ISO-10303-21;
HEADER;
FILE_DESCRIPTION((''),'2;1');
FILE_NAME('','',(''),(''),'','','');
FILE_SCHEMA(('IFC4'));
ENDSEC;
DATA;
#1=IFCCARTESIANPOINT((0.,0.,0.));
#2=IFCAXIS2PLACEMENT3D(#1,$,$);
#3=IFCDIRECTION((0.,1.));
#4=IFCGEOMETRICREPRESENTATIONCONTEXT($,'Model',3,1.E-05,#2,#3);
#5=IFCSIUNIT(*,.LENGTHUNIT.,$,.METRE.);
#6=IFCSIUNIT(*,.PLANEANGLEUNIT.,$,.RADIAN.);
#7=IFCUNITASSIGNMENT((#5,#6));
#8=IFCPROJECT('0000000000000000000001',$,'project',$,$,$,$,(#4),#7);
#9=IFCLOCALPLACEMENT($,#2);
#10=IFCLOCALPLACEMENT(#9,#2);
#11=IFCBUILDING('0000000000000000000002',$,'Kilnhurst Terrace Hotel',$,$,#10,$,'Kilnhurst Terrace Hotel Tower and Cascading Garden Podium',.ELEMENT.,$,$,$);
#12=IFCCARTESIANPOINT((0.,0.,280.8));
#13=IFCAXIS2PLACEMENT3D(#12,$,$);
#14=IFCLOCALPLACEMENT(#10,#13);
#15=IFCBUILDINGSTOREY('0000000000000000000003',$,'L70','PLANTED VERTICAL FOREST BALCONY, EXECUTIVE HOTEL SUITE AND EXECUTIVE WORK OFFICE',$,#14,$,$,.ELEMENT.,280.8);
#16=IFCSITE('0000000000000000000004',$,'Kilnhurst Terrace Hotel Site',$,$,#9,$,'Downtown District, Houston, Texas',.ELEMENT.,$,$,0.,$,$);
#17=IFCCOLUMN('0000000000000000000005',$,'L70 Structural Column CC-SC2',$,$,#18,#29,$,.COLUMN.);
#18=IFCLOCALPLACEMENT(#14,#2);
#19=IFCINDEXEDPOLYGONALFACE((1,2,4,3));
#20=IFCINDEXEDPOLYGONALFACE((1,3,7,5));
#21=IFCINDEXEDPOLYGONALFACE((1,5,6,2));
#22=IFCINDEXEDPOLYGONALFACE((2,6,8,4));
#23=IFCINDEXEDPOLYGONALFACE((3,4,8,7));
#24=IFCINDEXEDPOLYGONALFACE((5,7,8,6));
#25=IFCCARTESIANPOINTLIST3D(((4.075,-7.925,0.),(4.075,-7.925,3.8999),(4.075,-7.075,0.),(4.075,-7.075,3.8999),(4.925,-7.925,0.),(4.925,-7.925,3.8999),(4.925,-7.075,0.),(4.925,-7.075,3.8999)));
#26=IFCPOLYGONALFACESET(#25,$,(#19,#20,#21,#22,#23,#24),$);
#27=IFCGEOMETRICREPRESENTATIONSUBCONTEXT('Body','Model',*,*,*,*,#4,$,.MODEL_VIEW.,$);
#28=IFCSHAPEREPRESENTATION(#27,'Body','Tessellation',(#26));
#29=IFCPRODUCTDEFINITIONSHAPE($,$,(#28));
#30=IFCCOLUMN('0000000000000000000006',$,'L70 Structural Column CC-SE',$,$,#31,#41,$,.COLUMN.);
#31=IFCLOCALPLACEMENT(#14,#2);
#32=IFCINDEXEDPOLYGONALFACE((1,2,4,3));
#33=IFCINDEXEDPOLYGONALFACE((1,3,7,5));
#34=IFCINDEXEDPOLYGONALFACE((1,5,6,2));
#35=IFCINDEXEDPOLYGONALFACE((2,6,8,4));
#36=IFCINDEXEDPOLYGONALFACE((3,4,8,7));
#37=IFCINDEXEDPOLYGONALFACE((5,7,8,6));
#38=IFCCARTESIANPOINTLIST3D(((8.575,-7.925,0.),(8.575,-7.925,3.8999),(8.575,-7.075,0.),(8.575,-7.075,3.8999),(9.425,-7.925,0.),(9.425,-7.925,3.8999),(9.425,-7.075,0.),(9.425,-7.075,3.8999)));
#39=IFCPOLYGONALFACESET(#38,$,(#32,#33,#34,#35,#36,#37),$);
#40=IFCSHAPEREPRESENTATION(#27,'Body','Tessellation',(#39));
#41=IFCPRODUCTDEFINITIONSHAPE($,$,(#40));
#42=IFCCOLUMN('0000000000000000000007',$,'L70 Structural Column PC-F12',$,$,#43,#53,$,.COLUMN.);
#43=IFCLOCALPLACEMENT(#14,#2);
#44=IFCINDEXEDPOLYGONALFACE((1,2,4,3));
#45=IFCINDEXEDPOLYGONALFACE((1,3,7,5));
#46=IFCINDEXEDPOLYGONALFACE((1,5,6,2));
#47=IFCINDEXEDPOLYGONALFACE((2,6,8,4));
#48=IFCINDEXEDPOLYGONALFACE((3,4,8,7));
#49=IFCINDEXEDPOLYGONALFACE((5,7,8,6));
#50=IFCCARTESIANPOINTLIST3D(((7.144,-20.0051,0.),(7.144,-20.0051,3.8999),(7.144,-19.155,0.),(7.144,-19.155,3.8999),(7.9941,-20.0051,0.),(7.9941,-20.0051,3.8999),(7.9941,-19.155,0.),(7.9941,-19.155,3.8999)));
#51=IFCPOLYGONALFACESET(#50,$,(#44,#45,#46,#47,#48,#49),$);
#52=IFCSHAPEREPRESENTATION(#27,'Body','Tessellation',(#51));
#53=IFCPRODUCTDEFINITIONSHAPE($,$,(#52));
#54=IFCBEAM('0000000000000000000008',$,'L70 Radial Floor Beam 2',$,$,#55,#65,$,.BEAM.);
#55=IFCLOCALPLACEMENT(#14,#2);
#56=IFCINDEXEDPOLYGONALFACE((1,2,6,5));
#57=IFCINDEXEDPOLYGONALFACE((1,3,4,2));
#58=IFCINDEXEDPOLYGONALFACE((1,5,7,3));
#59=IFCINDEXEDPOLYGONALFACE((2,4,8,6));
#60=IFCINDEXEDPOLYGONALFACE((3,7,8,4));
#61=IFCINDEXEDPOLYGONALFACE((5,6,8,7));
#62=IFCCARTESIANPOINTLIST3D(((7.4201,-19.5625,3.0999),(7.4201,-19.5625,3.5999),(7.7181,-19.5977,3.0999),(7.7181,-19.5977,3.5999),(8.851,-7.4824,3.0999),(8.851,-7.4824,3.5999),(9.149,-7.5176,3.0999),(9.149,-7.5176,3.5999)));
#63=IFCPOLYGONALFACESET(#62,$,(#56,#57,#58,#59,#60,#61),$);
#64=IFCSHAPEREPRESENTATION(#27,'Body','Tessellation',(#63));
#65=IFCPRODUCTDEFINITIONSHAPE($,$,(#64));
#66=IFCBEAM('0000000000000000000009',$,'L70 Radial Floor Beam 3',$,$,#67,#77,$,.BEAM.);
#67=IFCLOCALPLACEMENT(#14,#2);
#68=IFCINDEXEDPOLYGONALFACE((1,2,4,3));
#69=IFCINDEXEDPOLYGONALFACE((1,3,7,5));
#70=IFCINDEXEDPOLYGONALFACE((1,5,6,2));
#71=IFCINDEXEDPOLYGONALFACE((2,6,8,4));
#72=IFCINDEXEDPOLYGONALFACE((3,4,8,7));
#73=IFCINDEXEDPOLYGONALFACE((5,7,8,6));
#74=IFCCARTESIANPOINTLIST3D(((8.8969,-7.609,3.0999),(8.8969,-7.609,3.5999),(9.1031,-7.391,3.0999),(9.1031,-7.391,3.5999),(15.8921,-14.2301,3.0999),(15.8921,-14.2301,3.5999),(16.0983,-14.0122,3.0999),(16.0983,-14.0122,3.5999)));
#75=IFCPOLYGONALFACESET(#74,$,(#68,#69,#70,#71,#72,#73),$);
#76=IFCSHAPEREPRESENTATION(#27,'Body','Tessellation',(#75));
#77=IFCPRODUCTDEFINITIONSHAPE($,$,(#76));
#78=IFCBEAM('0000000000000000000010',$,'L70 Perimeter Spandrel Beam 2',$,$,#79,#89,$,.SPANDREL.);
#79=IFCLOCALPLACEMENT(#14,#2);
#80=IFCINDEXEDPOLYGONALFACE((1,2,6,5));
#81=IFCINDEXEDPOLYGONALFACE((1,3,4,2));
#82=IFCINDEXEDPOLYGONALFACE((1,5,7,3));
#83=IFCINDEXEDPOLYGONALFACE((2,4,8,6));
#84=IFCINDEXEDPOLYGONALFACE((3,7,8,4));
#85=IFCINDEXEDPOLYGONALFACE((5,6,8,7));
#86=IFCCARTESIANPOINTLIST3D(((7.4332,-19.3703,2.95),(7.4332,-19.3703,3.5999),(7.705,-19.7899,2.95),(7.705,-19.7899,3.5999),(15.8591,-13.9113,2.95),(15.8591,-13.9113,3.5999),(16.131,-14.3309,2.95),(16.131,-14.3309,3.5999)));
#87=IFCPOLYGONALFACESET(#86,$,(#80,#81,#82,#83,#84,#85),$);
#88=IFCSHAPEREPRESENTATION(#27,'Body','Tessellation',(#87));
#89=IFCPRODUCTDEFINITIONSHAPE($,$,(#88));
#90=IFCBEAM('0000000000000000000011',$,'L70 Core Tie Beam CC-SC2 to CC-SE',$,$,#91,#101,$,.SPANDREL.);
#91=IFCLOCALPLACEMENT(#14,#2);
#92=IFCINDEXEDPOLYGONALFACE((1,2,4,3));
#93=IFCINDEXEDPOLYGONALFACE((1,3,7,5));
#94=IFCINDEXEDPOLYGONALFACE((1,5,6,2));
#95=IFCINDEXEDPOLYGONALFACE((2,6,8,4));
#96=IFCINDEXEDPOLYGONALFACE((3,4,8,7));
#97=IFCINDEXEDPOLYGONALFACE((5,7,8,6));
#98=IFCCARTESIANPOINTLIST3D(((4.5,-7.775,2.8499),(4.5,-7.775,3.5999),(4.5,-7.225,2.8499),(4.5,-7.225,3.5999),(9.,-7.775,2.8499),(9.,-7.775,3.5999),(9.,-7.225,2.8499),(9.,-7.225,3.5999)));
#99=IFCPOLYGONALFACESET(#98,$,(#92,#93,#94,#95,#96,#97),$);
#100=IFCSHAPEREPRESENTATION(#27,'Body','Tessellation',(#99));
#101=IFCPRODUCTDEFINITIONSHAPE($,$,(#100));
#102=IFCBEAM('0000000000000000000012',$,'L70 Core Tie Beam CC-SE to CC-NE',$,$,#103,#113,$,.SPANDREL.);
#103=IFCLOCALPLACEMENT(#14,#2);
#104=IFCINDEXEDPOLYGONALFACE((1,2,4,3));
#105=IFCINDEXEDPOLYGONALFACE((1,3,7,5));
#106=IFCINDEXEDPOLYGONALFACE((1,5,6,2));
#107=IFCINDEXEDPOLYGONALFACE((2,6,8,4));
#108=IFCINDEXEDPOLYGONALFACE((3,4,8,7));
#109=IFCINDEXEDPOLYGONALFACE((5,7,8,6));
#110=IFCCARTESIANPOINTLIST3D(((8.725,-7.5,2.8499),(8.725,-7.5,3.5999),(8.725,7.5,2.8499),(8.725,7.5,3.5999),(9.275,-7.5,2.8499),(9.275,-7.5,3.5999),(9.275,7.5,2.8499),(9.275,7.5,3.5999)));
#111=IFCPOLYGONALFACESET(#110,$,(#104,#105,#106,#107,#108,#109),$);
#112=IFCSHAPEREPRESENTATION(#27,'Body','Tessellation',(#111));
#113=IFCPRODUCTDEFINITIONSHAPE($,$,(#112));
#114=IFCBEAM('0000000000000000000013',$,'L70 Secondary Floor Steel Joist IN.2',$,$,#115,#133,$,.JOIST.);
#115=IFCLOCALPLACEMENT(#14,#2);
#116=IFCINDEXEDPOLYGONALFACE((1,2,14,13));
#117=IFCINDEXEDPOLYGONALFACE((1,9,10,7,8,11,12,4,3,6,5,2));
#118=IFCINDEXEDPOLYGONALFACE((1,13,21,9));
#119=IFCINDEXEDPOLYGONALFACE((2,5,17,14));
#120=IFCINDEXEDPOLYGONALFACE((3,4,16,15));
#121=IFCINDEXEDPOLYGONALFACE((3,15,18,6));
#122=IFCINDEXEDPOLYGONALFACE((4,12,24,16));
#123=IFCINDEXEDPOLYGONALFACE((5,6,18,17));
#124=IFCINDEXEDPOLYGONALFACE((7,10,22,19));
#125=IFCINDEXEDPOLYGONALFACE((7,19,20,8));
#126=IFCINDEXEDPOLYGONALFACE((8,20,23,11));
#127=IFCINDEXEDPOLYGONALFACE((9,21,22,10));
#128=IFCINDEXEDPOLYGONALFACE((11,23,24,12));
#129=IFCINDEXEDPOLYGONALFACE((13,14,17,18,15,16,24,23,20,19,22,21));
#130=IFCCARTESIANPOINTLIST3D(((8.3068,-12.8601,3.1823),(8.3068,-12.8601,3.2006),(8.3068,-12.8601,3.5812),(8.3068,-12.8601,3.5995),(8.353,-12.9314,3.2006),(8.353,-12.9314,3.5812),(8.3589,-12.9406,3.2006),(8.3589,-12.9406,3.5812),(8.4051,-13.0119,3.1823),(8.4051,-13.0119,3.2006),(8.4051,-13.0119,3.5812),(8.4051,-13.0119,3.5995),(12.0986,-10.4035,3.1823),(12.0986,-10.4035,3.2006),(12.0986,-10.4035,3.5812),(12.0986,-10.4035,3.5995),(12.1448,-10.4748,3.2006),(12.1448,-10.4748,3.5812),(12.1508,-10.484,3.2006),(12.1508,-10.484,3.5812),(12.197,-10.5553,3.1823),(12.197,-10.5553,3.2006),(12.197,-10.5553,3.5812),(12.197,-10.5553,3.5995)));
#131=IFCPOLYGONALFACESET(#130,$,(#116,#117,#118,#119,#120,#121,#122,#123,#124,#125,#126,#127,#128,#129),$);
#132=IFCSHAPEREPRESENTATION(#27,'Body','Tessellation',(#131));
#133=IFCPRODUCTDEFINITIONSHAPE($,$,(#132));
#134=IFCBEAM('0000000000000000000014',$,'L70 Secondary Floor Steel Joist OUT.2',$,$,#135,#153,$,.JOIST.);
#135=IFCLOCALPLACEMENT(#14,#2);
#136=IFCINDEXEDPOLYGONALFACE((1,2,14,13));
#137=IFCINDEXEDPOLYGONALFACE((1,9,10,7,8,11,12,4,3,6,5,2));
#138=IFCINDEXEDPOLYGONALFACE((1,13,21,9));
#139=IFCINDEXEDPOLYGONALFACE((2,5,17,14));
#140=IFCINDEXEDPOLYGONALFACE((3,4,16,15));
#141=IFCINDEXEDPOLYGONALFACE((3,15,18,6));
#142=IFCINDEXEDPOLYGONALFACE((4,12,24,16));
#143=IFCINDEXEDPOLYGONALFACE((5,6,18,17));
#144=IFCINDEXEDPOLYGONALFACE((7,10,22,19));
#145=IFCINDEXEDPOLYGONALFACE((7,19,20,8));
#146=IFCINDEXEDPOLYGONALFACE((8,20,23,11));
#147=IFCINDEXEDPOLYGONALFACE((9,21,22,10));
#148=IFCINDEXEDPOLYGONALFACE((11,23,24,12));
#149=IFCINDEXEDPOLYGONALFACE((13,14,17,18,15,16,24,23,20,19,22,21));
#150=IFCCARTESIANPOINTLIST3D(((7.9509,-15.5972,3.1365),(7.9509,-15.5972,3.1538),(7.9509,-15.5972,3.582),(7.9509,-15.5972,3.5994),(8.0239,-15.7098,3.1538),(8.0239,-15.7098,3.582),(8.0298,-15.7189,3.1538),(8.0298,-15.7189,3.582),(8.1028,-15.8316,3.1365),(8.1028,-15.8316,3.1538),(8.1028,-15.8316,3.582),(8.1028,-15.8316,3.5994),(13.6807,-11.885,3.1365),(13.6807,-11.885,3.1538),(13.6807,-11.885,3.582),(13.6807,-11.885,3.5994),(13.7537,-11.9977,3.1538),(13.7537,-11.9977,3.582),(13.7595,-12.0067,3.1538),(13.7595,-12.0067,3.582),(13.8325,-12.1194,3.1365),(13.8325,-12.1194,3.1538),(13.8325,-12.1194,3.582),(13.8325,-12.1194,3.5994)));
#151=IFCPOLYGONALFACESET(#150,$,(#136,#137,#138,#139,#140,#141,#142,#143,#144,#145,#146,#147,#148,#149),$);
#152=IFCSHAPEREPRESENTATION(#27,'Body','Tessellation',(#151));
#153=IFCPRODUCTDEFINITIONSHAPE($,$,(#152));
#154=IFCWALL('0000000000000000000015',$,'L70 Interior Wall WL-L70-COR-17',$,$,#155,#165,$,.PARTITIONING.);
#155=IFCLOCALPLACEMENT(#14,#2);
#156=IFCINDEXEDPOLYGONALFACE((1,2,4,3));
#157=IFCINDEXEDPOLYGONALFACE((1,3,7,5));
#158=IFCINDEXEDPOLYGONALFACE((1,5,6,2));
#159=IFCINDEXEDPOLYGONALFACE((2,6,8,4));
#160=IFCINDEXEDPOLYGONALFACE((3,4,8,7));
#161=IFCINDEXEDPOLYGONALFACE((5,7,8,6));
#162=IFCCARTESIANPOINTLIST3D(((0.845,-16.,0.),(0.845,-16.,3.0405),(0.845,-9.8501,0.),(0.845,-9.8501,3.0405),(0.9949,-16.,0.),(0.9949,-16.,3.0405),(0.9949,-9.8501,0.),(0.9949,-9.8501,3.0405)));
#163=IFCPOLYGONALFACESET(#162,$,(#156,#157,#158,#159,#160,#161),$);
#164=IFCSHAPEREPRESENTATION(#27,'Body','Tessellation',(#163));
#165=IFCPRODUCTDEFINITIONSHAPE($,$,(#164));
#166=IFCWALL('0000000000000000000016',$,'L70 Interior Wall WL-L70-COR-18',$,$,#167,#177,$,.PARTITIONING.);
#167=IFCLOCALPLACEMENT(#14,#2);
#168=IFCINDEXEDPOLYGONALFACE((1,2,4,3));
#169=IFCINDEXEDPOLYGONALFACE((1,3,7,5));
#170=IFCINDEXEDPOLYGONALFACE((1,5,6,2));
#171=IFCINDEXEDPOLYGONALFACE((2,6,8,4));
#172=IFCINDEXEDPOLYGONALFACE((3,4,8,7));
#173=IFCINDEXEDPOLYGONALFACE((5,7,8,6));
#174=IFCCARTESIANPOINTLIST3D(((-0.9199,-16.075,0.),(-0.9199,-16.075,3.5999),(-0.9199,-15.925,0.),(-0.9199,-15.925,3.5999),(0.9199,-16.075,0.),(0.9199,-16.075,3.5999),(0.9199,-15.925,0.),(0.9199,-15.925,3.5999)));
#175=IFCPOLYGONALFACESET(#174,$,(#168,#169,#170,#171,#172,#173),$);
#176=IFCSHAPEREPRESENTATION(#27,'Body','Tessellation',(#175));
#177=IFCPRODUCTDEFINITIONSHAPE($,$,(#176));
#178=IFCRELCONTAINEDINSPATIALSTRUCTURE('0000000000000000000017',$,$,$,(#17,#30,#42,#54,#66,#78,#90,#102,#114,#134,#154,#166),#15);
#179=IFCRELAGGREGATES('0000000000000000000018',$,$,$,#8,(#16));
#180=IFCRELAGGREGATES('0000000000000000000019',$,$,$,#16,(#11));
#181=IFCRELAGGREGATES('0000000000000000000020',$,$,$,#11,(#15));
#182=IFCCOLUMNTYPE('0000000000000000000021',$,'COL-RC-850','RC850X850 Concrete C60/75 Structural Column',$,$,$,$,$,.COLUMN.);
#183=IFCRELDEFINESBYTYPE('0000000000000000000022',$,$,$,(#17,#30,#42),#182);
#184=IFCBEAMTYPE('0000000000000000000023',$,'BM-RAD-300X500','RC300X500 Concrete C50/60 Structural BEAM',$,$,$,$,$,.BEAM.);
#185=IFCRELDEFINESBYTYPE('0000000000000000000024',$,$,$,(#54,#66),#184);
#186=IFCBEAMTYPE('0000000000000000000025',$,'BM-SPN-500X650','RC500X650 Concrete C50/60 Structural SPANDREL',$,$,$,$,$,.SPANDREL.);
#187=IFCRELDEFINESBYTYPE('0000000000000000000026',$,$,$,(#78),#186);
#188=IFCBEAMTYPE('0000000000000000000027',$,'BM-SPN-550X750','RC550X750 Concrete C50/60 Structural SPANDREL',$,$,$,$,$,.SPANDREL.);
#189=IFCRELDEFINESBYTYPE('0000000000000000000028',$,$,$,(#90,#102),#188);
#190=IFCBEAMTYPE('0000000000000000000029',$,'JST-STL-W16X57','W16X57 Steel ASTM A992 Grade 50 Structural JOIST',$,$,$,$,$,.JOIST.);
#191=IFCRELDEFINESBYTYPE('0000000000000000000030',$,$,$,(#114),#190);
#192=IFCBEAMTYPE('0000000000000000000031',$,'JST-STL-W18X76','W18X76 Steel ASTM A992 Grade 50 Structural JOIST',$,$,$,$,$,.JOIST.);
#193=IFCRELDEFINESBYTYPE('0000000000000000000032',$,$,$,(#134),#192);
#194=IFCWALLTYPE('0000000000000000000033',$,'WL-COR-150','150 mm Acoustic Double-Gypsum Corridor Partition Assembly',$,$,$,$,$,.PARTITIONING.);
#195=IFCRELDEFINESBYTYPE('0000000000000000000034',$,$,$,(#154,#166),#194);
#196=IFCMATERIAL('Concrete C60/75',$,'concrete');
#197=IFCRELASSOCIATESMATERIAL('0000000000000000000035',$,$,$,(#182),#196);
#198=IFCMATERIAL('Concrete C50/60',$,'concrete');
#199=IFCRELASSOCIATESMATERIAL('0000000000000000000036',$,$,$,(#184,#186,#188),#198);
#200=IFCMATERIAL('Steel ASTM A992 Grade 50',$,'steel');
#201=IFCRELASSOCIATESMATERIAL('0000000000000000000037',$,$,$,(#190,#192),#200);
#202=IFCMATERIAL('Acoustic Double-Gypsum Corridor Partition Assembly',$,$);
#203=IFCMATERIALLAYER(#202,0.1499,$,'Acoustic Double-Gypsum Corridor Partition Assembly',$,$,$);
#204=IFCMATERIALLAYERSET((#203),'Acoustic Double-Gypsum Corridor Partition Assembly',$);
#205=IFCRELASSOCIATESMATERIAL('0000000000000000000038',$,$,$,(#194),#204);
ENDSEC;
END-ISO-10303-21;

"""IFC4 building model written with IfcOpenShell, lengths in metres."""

from ifc_helpers import new_model, si_unit, direction, frame, frame_2d, origin, origin_2d, place, context, subcontext, project, spatial, rectangle, i_section, extrude, material, layer, layer_set, material_profile, profile_set, type_object, element, save


model = new_model("IFC4")

# Units and contexts
model_context = context("Model", 3, precision=1e-05, world=origin(), true_north=direction((0.0, 1.0)))
body_context = subcontext(model_context, "Body", "Model", "MODEL_VIEW")
ifc_project = project(units=[si_unit("LENGTHUNIT", "METRE"), si_unit("PLANEANGLEUNIT", "RADIAN")], contexts=[model_context])

# Site, building, storey
site_placement = place(None, origin())
site = spatial("IfcSite", under=ifc_project, at=site_placement, Name="Kilnhurst Terrace Hotel Site", LongName="Downtown District, Houston, Texas", CompositionType="ELEMENT", RefElevation=0.0)
building_placement = place(site_placement, origin())
building = spatial("IfcBuilding", under=site, at=building_placement, Name="Kilnhurst Terrace Hotel", LongName="Kilnhurst Terrace Hotel Tower and Cascading Garden Podium", CompositionType="ELEMENT")
storey_placement = place(building_placement, frame((0.0, 0.0, 280.8)))
storey = spatial("IfcBuildingStorey", under=building, at=storey_placement, Name="L70", Description="PLANTED VERTICAL FOREST BALCONY, EXECUTIVE HOTEL SUITE AND EXECUTIVE WORK OFFICE", CompositionType="ELEMENT", Elevation=280.8)

# Columns
ifc_material_1 = material(Name="Concrete C60/75", Category="concrete")
ifc_material_profile_1 = material_profile(ifc_material_1, rectangle(XDim=0.8501, YDim=0.8501, at=origin_2d()), Name="RC850X850")
ifc_profile_set_1 = profile_set([ifc_material_profile_1], Name="Concrete C60/75")
column_type = type_object("IfcColumnType", Name="COL-RC-850", Description="RC850X850 Concrete C60/75 Structural Column", PredefinedType="COLUMN", material=ifc_profile_set_1)
for number, where, z_axis, x_axis, name in (
    (1, (4.5, -7.5, 0.0), (0.0, 0.0, 1.0), (1.0, 0.0, 0.0), "L70 Structural Column CC-SC2"),
    (2, (9.0, -7.5, 0.0), (0.0, 0.0, 1.0), (1.0, 0.0, 0.0), "L70 Structural Column CC-SE"),
    (3, (7.5691, -19.5801, 0.0), (0.0, 0.0, 1.0), (1.0, 0.0, 0.0), "L70 Structural Column PC-F12"),
):
    element("IfcColumn", number, at=place(storey_placement, frame(where, z_axis=z_axis, x_axis=x_axis)), inside=storey, type_object=column_type, Name=name, PredefinedType="COLUMN", context=body_context, shape_type="SweptSolid", body=[
        extrude(rectangle(XDim=0.8501, YDim=0.8501, at=origin_2d()), origin(), (0.0, 0.0, 1.0), 3.8999),
    ])

# Beams
ifc_material_2 = material(Name="Concrete C50/60", Category="concrete")
ifc_material_profile_2 = material_profile(ifc_material_2, rectangle(XDim=0.3, YDim=0.5, at=origin_2d()), Name="RC300X500")
ifc_profile_set_2 = profile_set([ifc_material_profile_2], Name="Concrete C50/60")
beam_type_1 = type_object("IfcBeamType", Name="BM-RAD-300X500", Description="RC300X500 Concrete C50/60 Structural BEAM", PredefinedType="BEAM", material=ifc_profile_set_2)
beam_1_placement = place(storey_placement, frame((9.0, -7.5, 3.3499), z_axis=(-0.11763, -0.993058, 0.0), x_axis=(0.993058, -0.11763, 0.0)))
element("IfcBeam", 4, at=beam_1_placement, inside=storey, type_object=beam_type_1, Name="L70 Radial Floor Beam 2", PredefinedType="BEAM", context=body_context, shape_type="SweptSolid", body=[
    extrude(rectangle(XDim=0.3, YDim=0.5, at=origin_2d()), origin(), (0.0, 0.0, 1.0), 12.1646),
])
beam_2_placement = place(storey_placement, frame((9.0, -7.5, 3.3499), z_axis=(0.726256, -0.687424, 0.0), x_axis=(0.687424, 0.726256, 0.0)))
element("IfcBeam", 5, at=beam_2_placement, inside=storey, type_object=beam_type_1, Name="L70 Radial Floor Beam 3", PredefinedType="BEAM", context=body_context, shape_type="SweptSolid", body=[
    extrude(rectangle(XDim=0.3, YDim=0.5, at=origin_2d()), origin(), (0.0, 0.0, 1.0), 9.6318),
])
ifc_material_profile_3 = material_profile(ifc_material_2, rectangle(XDim=0.5, YDim=0.6499, at=origin_2d()), Name="RC500X650")
ifc_profile_set_3 = profile_set([ifc_material_profile_3], Name="Concrete C50/60")
beam_type_2 = type_object("IfcBeamType", Name="BM-SPN-500X650", Description="RC500X650 Concrete C50/60 Structural SPANDREL", PredefinedType="SPANDREL", material=ifc_profile_set_3)
beam_3_placement = place(storey_placement, frame((7.5691, -19.5801, 3.2749), z_axis=(0.839259, 0.543732, 0.0), x_axis=(-0.543732, 0.839259, 0.0)))
element("IfcBeam", 6, at=beam_3_placement, inside=storey, type_object=beam_type_2, Name="L70 Perimeter Spandrel Beam 2", PredefinedType="SPANDREL", context=body_context, shape_type="SweptSolid", body=[
    extrude(rectangle(XDim=0.5, YDim=0.6499, at=origin_2d()), origin(), (0.0, 0.0, 1.0), 10.0398),
])
ifc_material_profile_4 = material_profile(ifc_material_2, rectangle(XDim=0.55, YDim=0.75, at=origin_2d()), Name="RC550X750")
ifc_profile_set_4 = profile_set([ifc_material_profile_4], Name="Concrete C50/60")
beam_type_3 = type_object("IfcBeamType", Name="BM-SPN-550X750", Description="RC550X750 Concrete C50/60 Structural SPANDREL", PredefinedType="SPANDREL", material=ifc_profile_set_4)
beam_4_placement = place(storey_placement, frame((4.5, -7.5, 3.2249), z_axis=(1.0, 0.0, 0.0), x_axis=(0.0, 1.0, 0.0)))
element("IfcBeam", 7, at=beam_4_placement, inside=storey, type_object=beam_type_3, Name="L70 Core Tie Beam CC-SC2 to CC-SE", PredefinedType="SPANDREL", context=body_context, shape_type="SweptSolid", body=[
    extrude(rectangle(XDim=0.55, YDim=0.75, at=origin_2d()), origin(), (0.0, 0.0, 1.0), 4.5),
])
beam_5_placement = place(storey_placement, frame((9.0, -7.5, 3.2249), z_axis=(0.0, 1.0, 0.0), x_axis=(-1.0, 0.0, 0.0)))
element("IfcBeam", 8, at=beam_5_placement, inside=storey, type_object=beam_type_3, Name="L70 Core Tie Beam CC-SE to CC-NE", PredefinedType="SPANDREL", context=body_context, shape_type="SweptSolid", body=[
    extrude(rectangle(XDim=0.55, YDim=0.75, at=origin_2d()), origin(), (0.0, 0.0, 1.0), 15.0),
])
ifc_material_3 = material(Name="Steel ASTM A992 Grade 50", Category="steel")
ifc_material_profile_5 = material_profile(ifc_material_3, i_section(OverallWidth=0.1809, OverallDepth=0.4172, WebThickness=0.011, FlangeThickness=0.0183, at=origin_2d()), Name="W16X57")
ifc_profile_set_5 = profile_set([ifc_material_profile_5], Name="Steel ASTM A992 Grade 50")
beam_type_4 = type_object("IfcBeamType", Name="JST-STL-W16X57", Description="W16X57 Steel ASTM A992 Grade 50 Structural JOIST", PredefinedType="JOIST", material=ifc_profile_set_5)
beam_6_placement = place(storey_placement, frame((8.356, -12.936, 3.3909), z_axis=(0.839261, 0.543728, 0.0), x_axis=(-0.543728, 0.839261, 0.0)))
element("IfcBeam", 9, at=beam_6_placement, inside=storey, type_object=beam_type_4, Name="L70 Secondary Floor Steel Joist IN.2", PredefinedType="JOIST", context=body_context, shape_type="SweptSolid", body=[
    extrude(i_section(OverallWidth=0.1809, OverallDepth=0.4172, WebThickness=0.011, FlangeThickness=0.0183, at=origin_2d()), origin(), (0.0, 0.0, 1.0), 4.5181),
])
ifc_material_profile_6 = material_profile(ifc_material_3, i_section(OverallWidth=0.2793, OverallDepth=0.4629, WebThickness=0.0107, FlangeThickness=0.0173, at=origin_2d()), Name="W18X76")
ifc_profile_set_6 = profile_set([ifc_material_profile_6], Name="Steel ASTM A992 Grade 50")
beam_type_5 = type_object("IfcBeamType", Name="JST-STL-W18X76", Description="W18X76 Steel ASTM A992 Grade 50 Structural JOIST", PredefinedType="JOIST", material=ifc_profile_set_6)
beam_7_placement = place(storey_placement, frame((8.0269, -15.7144, 3.3679), z_axis=(0.839257, 0.543735, 0.0), x_axis=(-0.543735, 0.839257, 0.0)))
element("IfcBeam", 10, at=beam_7_placement, inside=storey, type_object=beam_type_5, Name="L70 Secondary Floor Steel Joist OUT.2", PredefinedType="JOIST", context=body_context, shape_type="SweptSolid", body=[
    extrude(i_section(OverallWidth=0.2793, OverallDepth=0.4629, WebThickness=0.0107, FlangeThickness=0.0173, at=origin_2d()), origin(), (0.0, 0.0, 1.0), 6.8271),
])

# Walls
ifc_material_4 = material(Name="Acoustic Double-Gypsum Corridor Partition Assembly")
ifc_layer_1 = layer(ifc_material_4, 0.1499, Name="Acoustic Double-Gypsum Corridor Partition Assembly")
ifc_layer_set_1 = layer_set([ifc_layer_1], Name="Acoustic Double-Gypsum Corridor Partition Assembly")
wall_type_1 = type_object("IfcWallType", Name="WL-COR-150", Description="150 mm Acoustic Double-Gypsum Corridor Partition Assembly", PredefinedType="PARTITIONING", material=ifc_layer_set_1)
wall_1_placement = place(storey_placement, frame((0.9199, -9.8501, 0.0), z_axis=(0.0, 0.0, 1.0), x_axis=(0.0, -1.0, 0.0)))
element("IfcWall", 11, at=wall_1_placement, inside=storey, type_object=wall_type_1, Name="L70 Interior Wall WL-L70-COR-17", PredefinedType="PARTITIONING", context=body_context, shape_type="SweptSolid", body=[
    extrude(rectangle(XDim=6.1499, YDim=0.1499, at=frame_2d((3.075, 0.0))), origin(), (0.0, 0.0, 1.0), 3.0405),
])
wall_2_placement = place(storey_placement, frame((0.9199, -16.0, 0.0), z_axis=(0.0, 0.0, 1.0), x_axis=(-1.0, 0.0, 0.0)))
element("IfcWall", 12, at=wall_2_placement, inside=storey, type_object=wall_type_1, Name="L70 Interior Wall WL-L70-COR-18", PredefinedType="PARTITIONING", context=body_context, shape_type="SweptSolid", body=[
    extrude(rectangle(XDim=1.8398, YDim=0.1499, at=frame_2d((0.9199, 0.0))), origin(), (0.0, 0.0, 1.0), 3.5999),
])

save(model, "model.ifc")
